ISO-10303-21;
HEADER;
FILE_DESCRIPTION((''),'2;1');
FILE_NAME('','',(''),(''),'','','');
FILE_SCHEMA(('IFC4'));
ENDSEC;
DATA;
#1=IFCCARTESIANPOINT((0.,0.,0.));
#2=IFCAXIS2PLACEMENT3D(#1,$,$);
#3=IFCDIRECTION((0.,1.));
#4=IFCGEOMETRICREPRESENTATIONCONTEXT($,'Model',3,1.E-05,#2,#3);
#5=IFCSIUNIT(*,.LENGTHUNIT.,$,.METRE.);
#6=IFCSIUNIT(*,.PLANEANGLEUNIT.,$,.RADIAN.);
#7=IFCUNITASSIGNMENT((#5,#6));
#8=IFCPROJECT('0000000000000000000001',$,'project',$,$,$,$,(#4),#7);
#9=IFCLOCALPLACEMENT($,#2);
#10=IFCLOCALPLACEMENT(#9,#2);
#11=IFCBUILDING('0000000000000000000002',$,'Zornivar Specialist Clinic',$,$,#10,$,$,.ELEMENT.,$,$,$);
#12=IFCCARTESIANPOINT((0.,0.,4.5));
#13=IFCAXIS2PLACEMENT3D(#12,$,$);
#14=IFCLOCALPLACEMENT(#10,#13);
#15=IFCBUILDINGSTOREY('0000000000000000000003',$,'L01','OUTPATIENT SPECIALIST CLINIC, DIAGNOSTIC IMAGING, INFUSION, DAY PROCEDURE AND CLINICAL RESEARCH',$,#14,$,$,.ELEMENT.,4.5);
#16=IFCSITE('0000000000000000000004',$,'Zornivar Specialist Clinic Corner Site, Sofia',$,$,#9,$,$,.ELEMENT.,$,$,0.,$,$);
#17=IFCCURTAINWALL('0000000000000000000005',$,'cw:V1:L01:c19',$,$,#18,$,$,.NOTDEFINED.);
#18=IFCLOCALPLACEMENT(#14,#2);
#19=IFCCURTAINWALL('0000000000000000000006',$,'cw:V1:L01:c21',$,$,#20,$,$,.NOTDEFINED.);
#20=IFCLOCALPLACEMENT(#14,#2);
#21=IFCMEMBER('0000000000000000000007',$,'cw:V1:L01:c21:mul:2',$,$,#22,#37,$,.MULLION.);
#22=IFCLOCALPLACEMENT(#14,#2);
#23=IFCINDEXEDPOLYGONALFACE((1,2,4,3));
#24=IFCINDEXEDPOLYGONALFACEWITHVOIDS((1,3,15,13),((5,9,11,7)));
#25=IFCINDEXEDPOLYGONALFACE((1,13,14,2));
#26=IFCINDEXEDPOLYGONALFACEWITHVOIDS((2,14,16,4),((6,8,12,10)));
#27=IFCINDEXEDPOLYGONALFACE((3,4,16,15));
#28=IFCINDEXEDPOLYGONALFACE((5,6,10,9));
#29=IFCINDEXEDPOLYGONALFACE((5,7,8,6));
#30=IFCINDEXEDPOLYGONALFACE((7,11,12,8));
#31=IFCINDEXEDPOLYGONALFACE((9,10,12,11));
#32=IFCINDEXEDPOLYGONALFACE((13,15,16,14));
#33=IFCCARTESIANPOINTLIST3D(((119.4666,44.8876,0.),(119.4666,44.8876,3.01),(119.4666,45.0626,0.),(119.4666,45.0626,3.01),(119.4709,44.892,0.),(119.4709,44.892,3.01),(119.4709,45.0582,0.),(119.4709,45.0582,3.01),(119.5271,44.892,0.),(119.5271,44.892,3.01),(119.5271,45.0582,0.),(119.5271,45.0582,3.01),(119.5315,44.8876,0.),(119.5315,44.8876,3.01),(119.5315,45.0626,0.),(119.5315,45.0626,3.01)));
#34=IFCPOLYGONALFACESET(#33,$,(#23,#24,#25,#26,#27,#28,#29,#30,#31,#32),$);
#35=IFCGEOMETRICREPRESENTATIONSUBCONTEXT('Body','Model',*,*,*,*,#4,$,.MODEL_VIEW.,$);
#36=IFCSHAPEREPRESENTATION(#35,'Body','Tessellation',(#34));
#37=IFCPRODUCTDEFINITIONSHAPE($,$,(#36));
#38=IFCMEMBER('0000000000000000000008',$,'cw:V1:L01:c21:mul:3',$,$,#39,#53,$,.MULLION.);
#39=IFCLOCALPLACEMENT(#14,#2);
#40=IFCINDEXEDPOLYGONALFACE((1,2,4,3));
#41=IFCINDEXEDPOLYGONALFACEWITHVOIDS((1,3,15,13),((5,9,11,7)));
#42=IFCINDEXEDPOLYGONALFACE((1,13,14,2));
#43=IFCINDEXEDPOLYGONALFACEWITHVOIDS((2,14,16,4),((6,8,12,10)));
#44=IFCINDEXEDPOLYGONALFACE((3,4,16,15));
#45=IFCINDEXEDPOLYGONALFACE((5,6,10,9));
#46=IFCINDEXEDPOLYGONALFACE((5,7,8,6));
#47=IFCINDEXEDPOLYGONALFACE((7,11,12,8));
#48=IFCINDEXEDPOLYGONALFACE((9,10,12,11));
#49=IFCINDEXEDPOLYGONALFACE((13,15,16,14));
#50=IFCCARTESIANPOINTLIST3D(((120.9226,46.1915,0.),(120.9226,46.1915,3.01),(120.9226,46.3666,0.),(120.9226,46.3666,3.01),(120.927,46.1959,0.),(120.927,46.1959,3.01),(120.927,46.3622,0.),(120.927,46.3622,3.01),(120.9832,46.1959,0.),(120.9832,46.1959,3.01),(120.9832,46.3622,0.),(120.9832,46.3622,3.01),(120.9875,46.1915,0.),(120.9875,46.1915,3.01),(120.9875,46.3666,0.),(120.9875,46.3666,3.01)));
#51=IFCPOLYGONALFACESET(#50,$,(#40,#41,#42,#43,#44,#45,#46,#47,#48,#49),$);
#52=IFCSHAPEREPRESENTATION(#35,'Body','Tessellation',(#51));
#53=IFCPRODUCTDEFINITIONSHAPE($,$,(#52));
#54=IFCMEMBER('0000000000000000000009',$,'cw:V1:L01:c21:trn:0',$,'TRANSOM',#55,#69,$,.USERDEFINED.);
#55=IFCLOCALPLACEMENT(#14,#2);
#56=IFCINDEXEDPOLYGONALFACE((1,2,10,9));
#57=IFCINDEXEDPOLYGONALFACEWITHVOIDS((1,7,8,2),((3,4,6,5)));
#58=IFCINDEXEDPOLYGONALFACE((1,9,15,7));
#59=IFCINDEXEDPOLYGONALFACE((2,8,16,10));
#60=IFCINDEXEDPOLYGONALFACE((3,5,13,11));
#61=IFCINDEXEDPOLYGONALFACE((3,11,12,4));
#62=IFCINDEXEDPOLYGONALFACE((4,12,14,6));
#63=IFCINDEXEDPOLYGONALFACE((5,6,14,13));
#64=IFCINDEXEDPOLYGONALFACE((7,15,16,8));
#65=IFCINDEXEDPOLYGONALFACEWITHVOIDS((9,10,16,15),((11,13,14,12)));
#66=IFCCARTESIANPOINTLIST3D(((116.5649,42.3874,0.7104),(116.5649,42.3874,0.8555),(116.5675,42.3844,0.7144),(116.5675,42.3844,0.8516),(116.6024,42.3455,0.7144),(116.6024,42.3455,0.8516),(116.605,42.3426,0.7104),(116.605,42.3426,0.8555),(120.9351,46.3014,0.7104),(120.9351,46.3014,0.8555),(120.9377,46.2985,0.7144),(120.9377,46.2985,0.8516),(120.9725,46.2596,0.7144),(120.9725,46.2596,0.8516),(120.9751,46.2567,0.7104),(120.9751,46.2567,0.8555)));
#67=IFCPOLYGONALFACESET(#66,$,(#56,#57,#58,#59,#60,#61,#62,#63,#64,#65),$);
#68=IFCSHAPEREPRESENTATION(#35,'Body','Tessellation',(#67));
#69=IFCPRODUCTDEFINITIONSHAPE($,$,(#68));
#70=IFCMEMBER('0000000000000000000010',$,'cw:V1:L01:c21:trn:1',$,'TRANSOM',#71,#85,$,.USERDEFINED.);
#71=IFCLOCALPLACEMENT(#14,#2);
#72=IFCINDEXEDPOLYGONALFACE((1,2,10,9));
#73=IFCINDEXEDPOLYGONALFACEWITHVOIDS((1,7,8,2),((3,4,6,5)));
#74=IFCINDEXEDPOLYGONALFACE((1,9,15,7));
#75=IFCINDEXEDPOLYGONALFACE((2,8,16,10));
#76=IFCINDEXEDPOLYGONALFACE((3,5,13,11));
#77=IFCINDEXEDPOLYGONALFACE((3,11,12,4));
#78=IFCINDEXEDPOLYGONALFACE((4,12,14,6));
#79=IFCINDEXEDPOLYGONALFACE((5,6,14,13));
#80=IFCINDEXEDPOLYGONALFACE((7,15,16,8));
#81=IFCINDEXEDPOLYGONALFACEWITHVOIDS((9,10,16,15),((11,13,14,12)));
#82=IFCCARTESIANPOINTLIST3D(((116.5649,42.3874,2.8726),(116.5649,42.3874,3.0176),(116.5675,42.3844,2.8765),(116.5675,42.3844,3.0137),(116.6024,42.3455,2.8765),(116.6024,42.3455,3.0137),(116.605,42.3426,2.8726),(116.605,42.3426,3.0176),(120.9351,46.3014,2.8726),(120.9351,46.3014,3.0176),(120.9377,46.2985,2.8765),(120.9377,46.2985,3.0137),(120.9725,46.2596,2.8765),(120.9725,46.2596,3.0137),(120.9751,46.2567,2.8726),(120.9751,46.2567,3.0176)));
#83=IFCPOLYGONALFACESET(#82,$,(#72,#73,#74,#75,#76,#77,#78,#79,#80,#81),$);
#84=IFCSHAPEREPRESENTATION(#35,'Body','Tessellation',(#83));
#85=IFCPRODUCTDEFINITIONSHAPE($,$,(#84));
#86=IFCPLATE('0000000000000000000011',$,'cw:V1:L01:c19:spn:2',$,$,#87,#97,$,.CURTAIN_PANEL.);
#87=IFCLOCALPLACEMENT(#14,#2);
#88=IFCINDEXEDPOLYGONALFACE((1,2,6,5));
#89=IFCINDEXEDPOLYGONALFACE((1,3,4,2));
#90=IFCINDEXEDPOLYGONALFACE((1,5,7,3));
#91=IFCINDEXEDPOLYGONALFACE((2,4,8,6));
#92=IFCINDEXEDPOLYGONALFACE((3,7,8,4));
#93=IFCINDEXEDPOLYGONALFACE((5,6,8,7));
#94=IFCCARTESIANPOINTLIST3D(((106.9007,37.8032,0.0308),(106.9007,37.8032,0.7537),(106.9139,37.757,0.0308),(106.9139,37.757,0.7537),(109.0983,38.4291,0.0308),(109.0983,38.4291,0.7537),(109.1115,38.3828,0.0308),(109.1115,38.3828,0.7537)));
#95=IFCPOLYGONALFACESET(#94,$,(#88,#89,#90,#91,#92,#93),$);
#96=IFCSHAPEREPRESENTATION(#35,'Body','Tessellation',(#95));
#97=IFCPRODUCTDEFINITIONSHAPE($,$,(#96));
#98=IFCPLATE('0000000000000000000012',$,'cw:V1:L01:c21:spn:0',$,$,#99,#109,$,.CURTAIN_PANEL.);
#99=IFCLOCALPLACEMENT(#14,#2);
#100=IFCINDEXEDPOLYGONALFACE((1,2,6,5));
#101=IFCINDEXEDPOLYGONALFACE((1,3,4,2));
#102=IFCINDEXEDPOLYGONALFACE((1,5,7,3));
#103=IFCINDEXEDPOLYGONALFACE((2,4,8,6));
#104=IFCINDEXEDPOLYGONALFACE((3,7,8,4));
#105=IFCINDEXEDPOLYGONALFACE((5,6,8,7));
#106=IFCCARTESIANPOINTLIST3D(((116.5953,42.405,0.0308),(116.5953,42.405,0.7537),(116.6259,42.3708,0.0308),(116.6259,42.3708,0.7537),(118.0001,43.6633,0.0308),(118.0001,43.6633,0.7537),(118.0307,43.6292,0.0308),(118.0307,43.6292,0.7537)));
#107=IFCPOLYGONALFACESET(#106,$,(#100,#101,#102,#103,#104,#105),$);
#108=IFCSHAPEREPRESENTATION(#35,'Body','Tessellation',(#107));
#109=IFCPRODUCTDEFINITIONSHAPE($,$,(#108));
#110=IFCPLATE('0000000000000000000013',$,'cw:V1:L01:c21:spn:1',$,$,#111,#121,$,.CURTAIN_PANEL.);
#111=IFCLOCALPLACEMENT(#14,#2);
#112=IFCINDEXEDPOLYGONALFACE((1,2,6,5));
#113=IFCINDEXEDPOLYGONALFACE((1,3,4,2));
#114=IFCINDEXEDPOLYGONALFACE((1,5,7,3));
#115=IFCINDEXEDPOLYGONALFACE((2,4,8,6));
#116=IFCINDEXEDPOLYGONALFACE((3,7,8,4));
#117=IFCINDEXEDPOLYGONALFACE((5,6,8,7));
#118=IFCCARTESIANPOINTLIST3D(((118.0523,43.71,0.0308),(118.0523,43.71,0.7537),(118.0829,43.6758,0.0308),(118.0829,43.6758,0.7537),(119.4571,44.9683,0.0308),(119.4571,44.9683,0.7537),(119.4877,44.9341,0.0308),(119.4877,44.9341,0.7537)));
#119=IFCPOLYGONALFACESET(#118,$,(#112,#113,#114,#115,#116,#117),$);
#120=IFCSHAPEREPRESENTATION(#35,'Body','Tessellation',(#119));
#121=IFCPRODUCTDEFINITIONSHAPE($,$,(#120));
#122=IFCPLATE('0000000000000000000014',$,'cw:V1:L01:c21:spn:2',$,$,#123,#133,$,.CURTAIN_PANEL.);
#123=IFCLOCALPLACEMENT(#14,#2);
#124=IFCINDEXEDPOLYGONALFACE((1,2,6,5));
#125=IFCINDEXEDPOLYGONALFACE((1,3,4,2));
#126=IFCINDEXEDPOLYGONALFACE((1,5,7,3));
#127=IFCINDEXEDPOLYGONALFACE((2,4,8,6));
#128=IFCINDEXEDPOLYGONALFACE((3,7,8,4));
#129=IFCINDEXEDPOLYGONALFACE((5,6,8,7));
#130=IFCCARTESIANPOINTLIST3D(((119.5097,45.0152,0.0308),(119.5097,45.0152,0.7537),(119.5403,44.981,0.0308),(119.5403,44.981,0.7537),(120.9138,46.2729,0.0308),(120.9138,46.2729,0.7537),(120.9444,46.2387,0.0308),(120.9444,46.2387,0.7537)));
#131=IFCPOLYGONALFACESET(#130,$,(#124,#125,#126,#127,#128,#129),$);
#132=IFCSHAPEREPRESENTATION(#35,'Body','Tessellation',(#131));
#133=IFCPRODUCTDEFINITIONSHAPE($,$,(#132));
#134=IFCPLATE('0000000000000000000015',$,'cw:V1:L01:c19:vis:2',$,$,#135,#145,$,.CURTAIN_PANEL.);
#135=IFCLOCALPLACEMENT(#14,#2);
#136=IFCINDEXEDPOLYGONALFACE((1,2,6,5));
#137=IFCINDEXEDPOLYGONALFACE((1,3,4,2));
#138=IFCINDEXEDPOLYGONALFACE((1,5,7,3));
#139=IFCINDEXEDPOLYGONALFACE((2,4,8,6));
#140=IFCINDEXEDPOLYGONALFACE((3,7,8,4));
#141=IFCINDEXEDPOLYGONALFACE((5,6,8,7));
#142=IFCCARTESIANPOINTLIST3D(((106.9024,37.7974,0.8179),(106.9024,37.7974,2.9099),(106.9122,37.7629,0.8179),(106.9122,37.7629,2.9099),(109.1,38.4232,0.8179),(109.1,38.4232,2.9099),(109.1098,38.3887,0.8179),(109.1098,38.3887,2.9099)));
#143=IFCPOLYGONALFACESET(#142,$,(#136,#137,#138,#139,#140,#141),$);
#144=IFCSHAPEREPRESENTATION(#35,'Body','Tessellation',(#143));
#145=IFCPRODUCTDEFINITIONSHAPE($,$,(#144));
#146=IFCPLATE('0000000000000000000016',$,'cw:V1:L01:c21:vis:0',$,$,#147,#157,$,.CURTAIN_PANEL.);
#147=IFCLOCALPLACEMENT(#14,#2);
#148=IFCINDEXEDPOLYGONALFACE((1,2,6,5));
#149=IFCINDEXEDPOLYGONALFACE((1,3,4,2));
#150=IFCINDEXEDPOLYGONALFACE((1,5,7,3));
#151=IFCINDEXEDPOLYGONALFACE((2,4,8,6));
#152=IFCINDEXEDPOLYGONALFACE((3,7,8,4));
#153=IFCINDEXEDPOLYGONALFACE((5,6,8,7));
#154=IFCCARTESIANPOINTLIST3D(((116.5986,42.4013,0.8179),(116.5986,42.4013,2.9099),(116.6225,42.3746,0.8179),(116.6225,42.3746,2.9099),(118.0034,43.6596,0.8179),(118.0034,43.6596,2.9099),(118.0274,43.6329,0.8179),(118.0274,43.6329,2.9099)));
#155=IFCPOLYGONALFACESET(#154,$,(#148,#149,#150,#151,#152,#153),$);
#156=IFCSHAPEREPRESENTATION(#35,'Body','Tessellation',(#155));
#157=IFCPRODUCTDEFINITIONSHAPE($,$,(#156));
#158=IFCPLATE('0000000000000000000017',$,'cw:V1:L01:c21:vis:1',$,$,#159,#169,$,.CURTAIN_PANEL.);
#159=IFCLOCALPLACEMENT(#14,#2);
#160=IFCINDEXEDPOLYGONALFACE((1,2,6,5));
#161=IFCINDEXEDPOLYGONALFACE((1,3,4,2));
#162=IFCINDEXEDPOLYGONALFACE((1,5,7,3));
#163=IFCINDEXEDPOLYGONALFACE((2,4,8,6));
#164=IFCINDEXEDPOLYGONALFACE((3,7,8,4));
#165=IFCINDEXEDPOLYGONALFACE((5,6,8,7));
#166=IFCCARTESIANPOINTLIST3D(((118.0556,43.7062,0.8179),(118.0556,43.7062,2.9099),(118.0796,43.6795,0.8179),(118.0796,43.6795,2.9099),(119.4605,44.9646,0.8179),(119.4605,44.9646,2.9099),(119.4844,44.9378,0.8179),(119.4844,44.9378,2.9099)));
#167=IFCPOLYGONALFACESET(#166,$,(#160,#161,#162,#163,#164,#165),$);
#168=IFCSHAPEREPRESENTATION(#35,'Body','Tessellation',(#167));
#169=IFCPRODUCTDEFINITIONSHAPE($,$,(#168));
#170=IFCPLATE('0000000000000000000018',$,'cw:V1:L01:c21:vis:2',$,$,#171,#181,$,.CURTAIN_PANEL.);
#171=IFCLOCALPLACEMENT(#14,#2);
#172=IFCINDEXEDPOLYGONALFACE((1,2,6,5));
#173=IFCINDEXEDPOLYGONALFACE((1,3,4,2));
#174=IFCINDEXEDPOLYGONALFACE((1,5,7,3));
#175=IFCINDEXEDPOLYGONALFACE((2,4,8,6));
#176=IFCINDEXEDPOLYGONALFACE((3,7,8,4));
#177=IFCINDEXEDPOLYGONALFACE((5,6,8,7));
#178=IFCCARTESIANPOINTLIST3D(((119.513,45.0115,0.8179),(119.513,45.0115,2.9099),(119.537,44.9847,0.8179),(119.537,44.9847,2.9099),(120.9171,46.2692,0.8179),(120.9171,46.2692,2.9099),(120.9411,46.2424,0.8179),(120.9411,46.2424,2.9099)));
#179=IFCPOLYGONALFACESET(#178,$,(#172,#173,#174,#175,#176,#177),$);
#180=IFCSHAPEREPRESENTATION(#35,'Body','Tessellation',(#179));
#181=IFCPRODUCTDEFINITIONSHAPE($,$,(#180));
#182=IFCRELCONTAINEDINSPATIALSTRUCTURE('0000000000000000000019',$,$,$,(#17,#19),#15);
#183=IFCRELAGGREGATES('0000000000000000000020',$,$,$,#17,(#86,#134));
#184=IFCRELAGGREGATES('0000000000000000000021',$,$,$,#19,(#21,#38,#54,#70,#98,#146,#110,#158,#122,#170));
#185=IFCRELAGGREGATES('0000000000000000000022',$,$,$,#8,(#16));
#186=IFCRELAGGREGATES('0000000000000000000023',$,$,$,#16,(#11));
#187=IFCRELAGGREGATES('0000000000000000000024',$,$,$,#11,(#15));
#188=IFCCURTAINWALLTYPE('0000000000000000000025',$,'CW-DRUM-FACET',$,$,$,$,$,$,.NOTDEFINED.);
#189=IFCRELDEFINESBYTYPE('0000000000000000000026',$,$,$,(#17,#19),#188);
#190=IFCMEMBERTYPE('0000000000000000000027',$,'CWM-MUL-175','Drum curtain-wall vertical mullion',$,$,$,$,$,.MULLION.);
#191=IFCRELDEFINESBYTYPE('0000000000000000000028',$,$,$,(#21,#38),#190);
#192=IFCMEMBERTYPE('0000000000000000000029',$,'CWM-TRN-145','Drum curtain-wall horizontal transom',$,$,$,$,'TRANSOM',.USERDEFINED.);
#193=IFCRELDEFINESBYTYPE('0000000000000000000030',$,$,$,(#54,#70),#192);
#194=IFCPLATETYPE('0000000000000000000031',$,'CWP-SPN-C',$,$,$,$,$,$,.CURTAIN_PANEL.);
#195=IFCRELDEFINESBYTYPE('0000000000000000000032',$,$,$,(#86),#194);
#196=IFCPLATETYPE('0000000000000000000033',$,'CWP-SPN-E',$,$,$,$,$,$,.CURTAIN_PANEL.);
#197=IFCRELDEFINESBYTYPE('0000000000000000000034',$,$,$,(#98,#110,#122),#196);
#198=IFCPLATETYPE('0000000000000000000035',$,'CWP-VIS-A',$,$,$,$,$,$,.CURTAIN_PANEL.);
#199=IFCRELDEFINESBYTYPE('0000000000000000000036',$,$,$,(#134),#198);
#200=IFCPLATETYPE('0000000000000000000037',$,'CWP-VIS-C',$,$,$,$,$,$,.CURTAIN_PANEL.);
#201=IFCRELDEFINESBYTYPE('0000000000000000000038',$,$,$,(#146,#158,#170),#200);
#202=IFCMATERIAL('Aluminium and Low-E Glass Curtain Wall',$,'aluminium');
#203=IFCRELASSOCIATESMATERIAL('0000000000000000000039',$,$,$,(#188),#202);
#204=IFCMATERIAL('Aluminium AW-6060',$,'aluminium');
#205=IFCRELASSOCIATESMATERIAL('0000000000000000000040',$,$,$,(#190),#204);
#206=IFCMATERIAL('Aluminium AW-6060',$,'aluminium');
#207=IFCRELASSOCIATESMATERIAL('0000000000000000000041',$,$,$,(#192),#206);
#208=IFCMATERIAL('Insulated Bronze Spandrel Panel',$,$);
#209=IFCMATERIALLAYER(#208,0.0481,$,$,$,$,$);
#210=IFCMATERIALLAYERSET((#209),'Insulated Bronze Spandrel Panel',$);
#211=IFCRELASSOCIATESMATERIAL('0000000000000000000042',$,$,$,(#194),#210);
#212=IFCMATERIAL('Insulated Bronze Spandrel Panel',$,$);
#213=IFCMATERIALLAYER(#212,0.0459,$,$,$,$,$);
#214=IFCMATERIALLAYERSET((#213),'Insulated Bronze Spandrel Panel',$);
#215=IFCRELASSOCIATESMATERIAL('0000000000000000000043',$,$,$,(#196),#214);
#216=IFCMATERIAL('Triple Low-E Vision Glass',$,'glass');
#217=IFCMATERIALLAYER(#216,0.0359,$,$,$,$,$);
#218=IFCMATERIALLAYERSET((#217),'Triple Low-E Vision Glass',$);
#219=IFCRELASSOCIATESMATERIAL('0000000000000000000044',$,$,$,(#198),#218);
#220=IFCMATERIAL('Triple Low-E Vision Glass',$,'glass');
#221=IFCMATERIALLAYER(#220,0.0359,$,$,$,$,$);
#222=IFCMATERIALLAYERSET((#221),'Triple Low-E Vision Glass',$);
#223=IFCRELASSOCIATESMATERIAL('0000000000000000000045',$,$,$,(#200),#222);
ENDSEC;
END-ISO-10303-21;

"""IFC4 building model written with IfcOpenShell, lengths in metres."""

from ifc_helpers import new_model, si_unit, direction, frame, origin, origin_2d, place, context, subcontext, project, spatial, rectangle, hollow_rectangle, extrude, material, layer, layer_set, material_profile, profile_set, type_object, element, aggregate, save


model = new_model("IFC4")

# Units and contexts
model_context = context("Model", 3, precision=1e-05, world=origin(), true_north=direction((0.0, 1.0)))
body_context = subcontext(model_context, "Body", "Model", "MODEL_VIEW")
ifc_project = project(units=[si_unit("LENGTHUNIT", "METRE"), si_unit("PLANEANGLEUNIT", "RADIAN")], contexts=[model_context])

# Site, building, storey
site_placement = place(None, origin())
site = spatial("IfcSite", under=ifc_project, at=site_placement, Name="Zornivar Specialist Clinic Corner Site, Sofia", CompositionType="ELEMENT", RefElevation=0.0)
building_placement = place(site_placement, origin())
building = spatial("IfcBuilding", under=site, at=building_placement, Name="Zornivar Specialist Clinic", CompositionType="ELEMENT")
storey_placement = place(building_placement, frame((0.0, 0.0, 4.5)))
storey = spatial("IfcBuildingStorey", under=building, at=storey_placement, Name="L01", Description="OUTPATIENT SPECIALIST CLINIC, DIAGNOSTIC IMAGING, INFUSION, DAY PROCEDURE AND CLINICAL RESEARCH", CompositionType="ELEMENT", Elevation=4.5)

# Curtain wall
ifc_material_1 = material(Name="Aluminium and Low-E Glass Curtain Wall", Category="aluminium")
curtain_wall_type = type_object("IfcCurtainWallType", Name="CW-DRUM-FACET", PredefinedType="NOTDEFINED", material=ifc_material_1)
curtain_wall_1_placement = place(storey_placement, origin())
curtain_wall_1 = element("IfcCurtainWall", 1, at=curtain_wall_1_placement, inside=storey, type_object=curtain_wall_type, Name="cw:V1:L01:c19", PredefinedType="NOTDEFINED")
ifc_material_2 = material(Name="Aluminium AW-6060", Category="aluminium")
ifc_material_profile_1 = material_profile(ifc_material_2, hollow_rectangle(XDim=0.0649, YDim=0.175, WallThickness=0.0044, at=origin_2d()), Name="ALU 65x175x4.5")
ifc_profile_set_1 = profile_set([ifc_material_profile_1], Name="Aluminium AW-6060")
member_type_1 = type_object("IfcMemberType", Name="CWM-MUL-175", Description="Drum curtain-wall vertical mullion", PredefinedType="MULLION", material=ifc_profile_set_1)

# Curtain wall, members
curtain_wall_2_placement = place(storey_placement, origin())
curtain_wall_2 = element("IfcCurtainWall", 2, at=curtain_wall_2_placement, inside=storey, type_object=curtain_wall_type, Name="cw:V1:L01:c21", PredefinedType="NOTDEFINED")
member_1_placement = place(storey_placement, frame((119.499, 44.9751, 0.0), z_axis=(0.0, 0.0, 1.0), x_axis=(1.0, 0.0, 0.0)))
member_1 = element("IfcMember", 3, at=member_1_placement, type_object=member_type_1, Name="cw:V1:L01:c21:mul:2", PredefinedType="MULLION", context=body_context, shape_type="SweptSolid", body=[
    extrude(hollow_rectangle(XDim=0.0649, YDim=0.175, WallThickness=0.0044, at=origin_2d()), origin(), (0.0, 0.0, 1.0), 3.01),
])
member_2_placement = place(storey_placement, frame((120.9551, 46.2791, 0.0), z_axis=(0.0, 0.0, 1.0), x_axis=(1.0, 0.0, 0.0)))
member_2 = element("IfcMember", 4, at=member_2_placement, type_object=member_type_1, Name="cw:V1:L01:c21:mul:3", PredefinedType="MULLION", context=body_context, shape_type="SweptSolid", body=[
    extrude(hollow_rectangle(XDim=0.0649, YDim=0.175, WallThickness=0.0044, at=origin_2d()), origin(), (0.0, 0.0, 1.0), 3.01),
])
ifc_material_3 = material(Name="Aluminium AW-6060", Category="aluminium")
ifc_material_profile_2 = material_profile(ifc_material_3, hollow_rectangle(XDim=0.0601, YDim=0.145, WallThickness=0.0039, at=origin_2d()), Name="ALU 60x145x4")
ifc_profile_set_2 = profile_set([ifc_material_profile_2], Name="Aluminium AW-6060")
member_type_2 = type_object("IfcMemberType", Name="CWM-TRN-145", Description="Drum curtain-wall horizontal transom", ElementType="TRANSOM", PredefinedType="USERDEFINED", material=ifc_profile_set_2)
member_3_placement = place(storey_placement, frame((116.585, 42.365, 0.783), z_axis=(0.744906, 0.667169, 0.0), x_axis=(-0.667169, 0.744906, 0.0)))
member_3 = element("IfcMember", 5, at=member_3_placement, type_object=member_type_2, Name="cw:V1:L01:c21:trn:0", ObjectType="TRANSOM", PredefinedType="USERDEFINED", context=body_context, shape_type="SweptSolid", body=[
    extrude(hollow_rectangle(XDim=0.0601, YDim=0.145, WallThickness=0.0039, at=origin_2d()), origin(), (0.0, 0.0, 1.0), 5.8667),
])
member_4_placement = place(storey_placement, frame((116.585, 42.365, 2.9451), z_axis=(0.744906, 0.667169, 0.0), x_axis=(-0.667169, 0.744906, 0.0)))
member_4 = element("IfcMember", 6, at=member_4_placement, type_object=member_type_2, Name="cw:V1:L01:c21:trn:1", ObjectType="TRANSOM", PredefinedType="USERDEFINED", context=body_context, shape_type="SweptSolid", body=[
    extrude(hollow_rectangle(XDim=0.0601, YDim=0.145, WallThickness=0.0039, at=origin_2d()), origin(), (0.0, 0.0, 1.0), 5.8667),
])

# Plates
ifc_material_4 = material(Name="Insulated Bronze Spandrel Panel")
ifc_layer_1 = layer(ifc_material_4, 0.0481)
ifc_layer_set_1 = layer_set([ifc_layer_1], Name="Insulated Bronze Spandrel Panel")
plate_type_1 = type_object("IfcPlateType", Name="CWP-SPN-C", PredefinedType="CURTAIN_PANEL", material=ifc_layer_set_1)
plate_1_placement = place(storey_placement, frame((108.0061, 38.093, 0.0308), z_axis=(0.0, 0.0, 1.0), x_axis=(0.961761, 0.273889, 0.0)))
plate_1 = element("IfcPlate", 7, at=plate_1_placement, type_object=plate_type_1, Name="cw:V1:L01:c19:spn:2", PredefinedType="CURTAIN_PANEL", context=body_context, shape_type="SweptSolid", body=[
    extrude(rectangle(XDim=2.2849, YDim=0.0481, at=origin_2d()), origin(), (0.0, 0.0, 1.0), 0.7229),
])
ifc_material_5 = material(Name="Insulated Bronze Spandrel Panel")
ifc_layer_2 = layer(ifc_material_5, 0.0459)
ifc_layer_set_2 = layer_set([ifc_layer_2], Name="Insulated Bronze Spandrel Panel")
plate_type_2 = type_object("IfcPlateType", Name="CWP-SPN-E", PredefinedType="CURTAIN_PANEL", material=ifc_layer_set_2)
plate_2_placement = place(storey_placement, frame((117.313, 43.0171, 0.0308), z_axis=(0.0, 0.0, 1.0), x_axis=(0.744881, 0.667198, 0.0)))
plate_2 = element("IfcPlate", 8, at=plate_2_placement, type_object=plate_type_2, Name="cw:V1:L01:c21:spn:0", PredefinedType="CURTAIN_PANEL", context=body_context, shape_type="SweptSolid", body=[
    extrude(rectangle(XDim=1.886, YDim=0.0459, at=origin_2d()), origin(), (0.0, 0.0, 1.0), 0.7229),
])
plate_3_placement = place(storey_placement, frame((118.77, 44.322, 0.0308), z_axis=(0.0, 0.0, 1.0), x_axis=(0.744881, 0.667198, 0.0)))
plate_3 = element("IfcPlate", 9, at=plate_3_placement, type_object=plate_type_2, Name="cw:V1:L01:c21:spn:1", PredefinedType="CURTAIN_PANEL", context=body_context, shape_type="SweptSolid", body=[
    extrude(rectangle(XDim=1.886, YDim=0.0459, at=origin_2d()), origin(), (0.0, 0.0, 1.0), 0.7229),
])
plate_4_placement = place(storey_placement, frame((120.2271, 45.627, 0.0308), z_axis=(0.0, 0.0, 1.0), x_axis=(0.744881, 0.667198, 0.0)))
plate_4 = element("IfcPlate", 10, at=plate_4_placement, type_object=plate_type_2, Name="cw:V1:L01:c21:spn:2", PredefinedType="CURTAIN_PANEL", context=body_context, shape_type="SweptSolid", body=[
    extrude(rectangle(XDim=1.885, YDim=0.0459, at=origin_2d()), origin(), (0.0, 0.0, 1.0), 0.7229),
])
ifc_material_6 = material(Name="Triple Low-E Vision Glass", Category="glass")
ifc_layer_3 = layer(ifc_material_6, 0.0359)
ifc_layer_set_3 = layer_set([ifc_layer_3], Name="Triple Low-E Vision Glass")
plate_type_3 = type_object("IfcPlateType", Name="CWP-VIS-A", PredefinedType="CURTAIN_PANEL", material=ifc_layer_set_3)
plate_5_placement = place(storey_placement, frame((108.0061, 38.093, 0.8179), z_axis=(0.0, 0.0, 1.0), x_axis=(0.961761, 0.273889, 0.0)))
plate_5 = element("IfcPlate", 11, at=plate_5_placement, type_object=plate_type_3, Name="cw:V1:L01:c19:vis:2", PredefinedType="CURTAIN_PANEL", context=body_context, shape_type="SweptSolid", body=[
    extrude(rectangle(XDim=2.2849, YDim=0.0359, at=origin_2d()), origin(), (0.0, 0.0, 1.0), 2.092),
])
aggregate(curtain_wall_1, [plate_1, plate_5])
ifc_material_7 = material(Name="Triple Low-E Vision Glass", Category="glass")
ifc_layer_4 = layer(ifc_material_7, 0.0359)
ifc_layer_set_4 = layer_set([ifc_layer_4], Name="Triple Low-E Vision Glass")
plate_type_4 = type_object("IfcPlateType", Name="CWP-VIS-C", PredefinedType="CURTAIN_PANEL", material=ifc_layer_set_4)
plate_6_placement = place(storey_placement, frame((117.313, 43.0171, 0.8179), z_axis=(0.0, 0.0, 1.0), x_axis=(0.744881, 0.667198, 0.0)))
plate_6 = element("IfcPlate", 12, at=plate_6_placement, type_object=plate_type_4, Name="cw:V1:L01:c21:vis:0", PredefinedType="CURTAIN_PANEL", context=body_context, shape_type="SweptSolid", body=[
    extrude(rectangle(XDim=1.886, YDim=0.0359, at=origin_2d()), origin(), (0.0, 0.0, 1.0), 2.092),
])
plate_7_placement = place(storey_placement, frame((118.77, 44.322, 0.8179), z_axis=(0.0, 0.0, 1.0), x_axis=(0.744881, 0.667198, 0.0)))
plate_7 = element("IfcPlate", 13, at=plate_7_placement, type_object=plate_type_4, Name="cw:V1:L01:c21:vis:1", PredefinedType="CURTAIN_PANEL", context=body_context, shape_type="SweptSolid", body=[
    extrude(rectangle(XDim=1.886, YDim=0.0359, at=origin_2d()), origin(), (0.0, 0.0, 1.0), 2.092),
])
plate_8_placement = place(storey_placement, frame((120.2271, 45.627, 0.8179), z_axis=(0.0, 0.0, 1.0), x_axis=(0.744881, 0.667198, 0.0)))
plate_8 = element("IfcPlate", 14, at=plate_8_placement, type_object=plate_type_4, Name="cw:V1:L01:c21:vis:2", PredefinedType="CURTAIN_PANEL", context=body_context, shape_type="SweptSolid", body=[
    extrude(rectangle(XDim=1.885, YDim=0.0359, at=origin_2d()), origin(), (0.0, 0.0, 1.0), 2.092),
])
aggregate(curtain_wall_2, [member_1, member_2, member_3, member_4, plate_2, plate_6, plate_3, plate_7, plate_4, plate_8])

save(model, "model.ifc")
